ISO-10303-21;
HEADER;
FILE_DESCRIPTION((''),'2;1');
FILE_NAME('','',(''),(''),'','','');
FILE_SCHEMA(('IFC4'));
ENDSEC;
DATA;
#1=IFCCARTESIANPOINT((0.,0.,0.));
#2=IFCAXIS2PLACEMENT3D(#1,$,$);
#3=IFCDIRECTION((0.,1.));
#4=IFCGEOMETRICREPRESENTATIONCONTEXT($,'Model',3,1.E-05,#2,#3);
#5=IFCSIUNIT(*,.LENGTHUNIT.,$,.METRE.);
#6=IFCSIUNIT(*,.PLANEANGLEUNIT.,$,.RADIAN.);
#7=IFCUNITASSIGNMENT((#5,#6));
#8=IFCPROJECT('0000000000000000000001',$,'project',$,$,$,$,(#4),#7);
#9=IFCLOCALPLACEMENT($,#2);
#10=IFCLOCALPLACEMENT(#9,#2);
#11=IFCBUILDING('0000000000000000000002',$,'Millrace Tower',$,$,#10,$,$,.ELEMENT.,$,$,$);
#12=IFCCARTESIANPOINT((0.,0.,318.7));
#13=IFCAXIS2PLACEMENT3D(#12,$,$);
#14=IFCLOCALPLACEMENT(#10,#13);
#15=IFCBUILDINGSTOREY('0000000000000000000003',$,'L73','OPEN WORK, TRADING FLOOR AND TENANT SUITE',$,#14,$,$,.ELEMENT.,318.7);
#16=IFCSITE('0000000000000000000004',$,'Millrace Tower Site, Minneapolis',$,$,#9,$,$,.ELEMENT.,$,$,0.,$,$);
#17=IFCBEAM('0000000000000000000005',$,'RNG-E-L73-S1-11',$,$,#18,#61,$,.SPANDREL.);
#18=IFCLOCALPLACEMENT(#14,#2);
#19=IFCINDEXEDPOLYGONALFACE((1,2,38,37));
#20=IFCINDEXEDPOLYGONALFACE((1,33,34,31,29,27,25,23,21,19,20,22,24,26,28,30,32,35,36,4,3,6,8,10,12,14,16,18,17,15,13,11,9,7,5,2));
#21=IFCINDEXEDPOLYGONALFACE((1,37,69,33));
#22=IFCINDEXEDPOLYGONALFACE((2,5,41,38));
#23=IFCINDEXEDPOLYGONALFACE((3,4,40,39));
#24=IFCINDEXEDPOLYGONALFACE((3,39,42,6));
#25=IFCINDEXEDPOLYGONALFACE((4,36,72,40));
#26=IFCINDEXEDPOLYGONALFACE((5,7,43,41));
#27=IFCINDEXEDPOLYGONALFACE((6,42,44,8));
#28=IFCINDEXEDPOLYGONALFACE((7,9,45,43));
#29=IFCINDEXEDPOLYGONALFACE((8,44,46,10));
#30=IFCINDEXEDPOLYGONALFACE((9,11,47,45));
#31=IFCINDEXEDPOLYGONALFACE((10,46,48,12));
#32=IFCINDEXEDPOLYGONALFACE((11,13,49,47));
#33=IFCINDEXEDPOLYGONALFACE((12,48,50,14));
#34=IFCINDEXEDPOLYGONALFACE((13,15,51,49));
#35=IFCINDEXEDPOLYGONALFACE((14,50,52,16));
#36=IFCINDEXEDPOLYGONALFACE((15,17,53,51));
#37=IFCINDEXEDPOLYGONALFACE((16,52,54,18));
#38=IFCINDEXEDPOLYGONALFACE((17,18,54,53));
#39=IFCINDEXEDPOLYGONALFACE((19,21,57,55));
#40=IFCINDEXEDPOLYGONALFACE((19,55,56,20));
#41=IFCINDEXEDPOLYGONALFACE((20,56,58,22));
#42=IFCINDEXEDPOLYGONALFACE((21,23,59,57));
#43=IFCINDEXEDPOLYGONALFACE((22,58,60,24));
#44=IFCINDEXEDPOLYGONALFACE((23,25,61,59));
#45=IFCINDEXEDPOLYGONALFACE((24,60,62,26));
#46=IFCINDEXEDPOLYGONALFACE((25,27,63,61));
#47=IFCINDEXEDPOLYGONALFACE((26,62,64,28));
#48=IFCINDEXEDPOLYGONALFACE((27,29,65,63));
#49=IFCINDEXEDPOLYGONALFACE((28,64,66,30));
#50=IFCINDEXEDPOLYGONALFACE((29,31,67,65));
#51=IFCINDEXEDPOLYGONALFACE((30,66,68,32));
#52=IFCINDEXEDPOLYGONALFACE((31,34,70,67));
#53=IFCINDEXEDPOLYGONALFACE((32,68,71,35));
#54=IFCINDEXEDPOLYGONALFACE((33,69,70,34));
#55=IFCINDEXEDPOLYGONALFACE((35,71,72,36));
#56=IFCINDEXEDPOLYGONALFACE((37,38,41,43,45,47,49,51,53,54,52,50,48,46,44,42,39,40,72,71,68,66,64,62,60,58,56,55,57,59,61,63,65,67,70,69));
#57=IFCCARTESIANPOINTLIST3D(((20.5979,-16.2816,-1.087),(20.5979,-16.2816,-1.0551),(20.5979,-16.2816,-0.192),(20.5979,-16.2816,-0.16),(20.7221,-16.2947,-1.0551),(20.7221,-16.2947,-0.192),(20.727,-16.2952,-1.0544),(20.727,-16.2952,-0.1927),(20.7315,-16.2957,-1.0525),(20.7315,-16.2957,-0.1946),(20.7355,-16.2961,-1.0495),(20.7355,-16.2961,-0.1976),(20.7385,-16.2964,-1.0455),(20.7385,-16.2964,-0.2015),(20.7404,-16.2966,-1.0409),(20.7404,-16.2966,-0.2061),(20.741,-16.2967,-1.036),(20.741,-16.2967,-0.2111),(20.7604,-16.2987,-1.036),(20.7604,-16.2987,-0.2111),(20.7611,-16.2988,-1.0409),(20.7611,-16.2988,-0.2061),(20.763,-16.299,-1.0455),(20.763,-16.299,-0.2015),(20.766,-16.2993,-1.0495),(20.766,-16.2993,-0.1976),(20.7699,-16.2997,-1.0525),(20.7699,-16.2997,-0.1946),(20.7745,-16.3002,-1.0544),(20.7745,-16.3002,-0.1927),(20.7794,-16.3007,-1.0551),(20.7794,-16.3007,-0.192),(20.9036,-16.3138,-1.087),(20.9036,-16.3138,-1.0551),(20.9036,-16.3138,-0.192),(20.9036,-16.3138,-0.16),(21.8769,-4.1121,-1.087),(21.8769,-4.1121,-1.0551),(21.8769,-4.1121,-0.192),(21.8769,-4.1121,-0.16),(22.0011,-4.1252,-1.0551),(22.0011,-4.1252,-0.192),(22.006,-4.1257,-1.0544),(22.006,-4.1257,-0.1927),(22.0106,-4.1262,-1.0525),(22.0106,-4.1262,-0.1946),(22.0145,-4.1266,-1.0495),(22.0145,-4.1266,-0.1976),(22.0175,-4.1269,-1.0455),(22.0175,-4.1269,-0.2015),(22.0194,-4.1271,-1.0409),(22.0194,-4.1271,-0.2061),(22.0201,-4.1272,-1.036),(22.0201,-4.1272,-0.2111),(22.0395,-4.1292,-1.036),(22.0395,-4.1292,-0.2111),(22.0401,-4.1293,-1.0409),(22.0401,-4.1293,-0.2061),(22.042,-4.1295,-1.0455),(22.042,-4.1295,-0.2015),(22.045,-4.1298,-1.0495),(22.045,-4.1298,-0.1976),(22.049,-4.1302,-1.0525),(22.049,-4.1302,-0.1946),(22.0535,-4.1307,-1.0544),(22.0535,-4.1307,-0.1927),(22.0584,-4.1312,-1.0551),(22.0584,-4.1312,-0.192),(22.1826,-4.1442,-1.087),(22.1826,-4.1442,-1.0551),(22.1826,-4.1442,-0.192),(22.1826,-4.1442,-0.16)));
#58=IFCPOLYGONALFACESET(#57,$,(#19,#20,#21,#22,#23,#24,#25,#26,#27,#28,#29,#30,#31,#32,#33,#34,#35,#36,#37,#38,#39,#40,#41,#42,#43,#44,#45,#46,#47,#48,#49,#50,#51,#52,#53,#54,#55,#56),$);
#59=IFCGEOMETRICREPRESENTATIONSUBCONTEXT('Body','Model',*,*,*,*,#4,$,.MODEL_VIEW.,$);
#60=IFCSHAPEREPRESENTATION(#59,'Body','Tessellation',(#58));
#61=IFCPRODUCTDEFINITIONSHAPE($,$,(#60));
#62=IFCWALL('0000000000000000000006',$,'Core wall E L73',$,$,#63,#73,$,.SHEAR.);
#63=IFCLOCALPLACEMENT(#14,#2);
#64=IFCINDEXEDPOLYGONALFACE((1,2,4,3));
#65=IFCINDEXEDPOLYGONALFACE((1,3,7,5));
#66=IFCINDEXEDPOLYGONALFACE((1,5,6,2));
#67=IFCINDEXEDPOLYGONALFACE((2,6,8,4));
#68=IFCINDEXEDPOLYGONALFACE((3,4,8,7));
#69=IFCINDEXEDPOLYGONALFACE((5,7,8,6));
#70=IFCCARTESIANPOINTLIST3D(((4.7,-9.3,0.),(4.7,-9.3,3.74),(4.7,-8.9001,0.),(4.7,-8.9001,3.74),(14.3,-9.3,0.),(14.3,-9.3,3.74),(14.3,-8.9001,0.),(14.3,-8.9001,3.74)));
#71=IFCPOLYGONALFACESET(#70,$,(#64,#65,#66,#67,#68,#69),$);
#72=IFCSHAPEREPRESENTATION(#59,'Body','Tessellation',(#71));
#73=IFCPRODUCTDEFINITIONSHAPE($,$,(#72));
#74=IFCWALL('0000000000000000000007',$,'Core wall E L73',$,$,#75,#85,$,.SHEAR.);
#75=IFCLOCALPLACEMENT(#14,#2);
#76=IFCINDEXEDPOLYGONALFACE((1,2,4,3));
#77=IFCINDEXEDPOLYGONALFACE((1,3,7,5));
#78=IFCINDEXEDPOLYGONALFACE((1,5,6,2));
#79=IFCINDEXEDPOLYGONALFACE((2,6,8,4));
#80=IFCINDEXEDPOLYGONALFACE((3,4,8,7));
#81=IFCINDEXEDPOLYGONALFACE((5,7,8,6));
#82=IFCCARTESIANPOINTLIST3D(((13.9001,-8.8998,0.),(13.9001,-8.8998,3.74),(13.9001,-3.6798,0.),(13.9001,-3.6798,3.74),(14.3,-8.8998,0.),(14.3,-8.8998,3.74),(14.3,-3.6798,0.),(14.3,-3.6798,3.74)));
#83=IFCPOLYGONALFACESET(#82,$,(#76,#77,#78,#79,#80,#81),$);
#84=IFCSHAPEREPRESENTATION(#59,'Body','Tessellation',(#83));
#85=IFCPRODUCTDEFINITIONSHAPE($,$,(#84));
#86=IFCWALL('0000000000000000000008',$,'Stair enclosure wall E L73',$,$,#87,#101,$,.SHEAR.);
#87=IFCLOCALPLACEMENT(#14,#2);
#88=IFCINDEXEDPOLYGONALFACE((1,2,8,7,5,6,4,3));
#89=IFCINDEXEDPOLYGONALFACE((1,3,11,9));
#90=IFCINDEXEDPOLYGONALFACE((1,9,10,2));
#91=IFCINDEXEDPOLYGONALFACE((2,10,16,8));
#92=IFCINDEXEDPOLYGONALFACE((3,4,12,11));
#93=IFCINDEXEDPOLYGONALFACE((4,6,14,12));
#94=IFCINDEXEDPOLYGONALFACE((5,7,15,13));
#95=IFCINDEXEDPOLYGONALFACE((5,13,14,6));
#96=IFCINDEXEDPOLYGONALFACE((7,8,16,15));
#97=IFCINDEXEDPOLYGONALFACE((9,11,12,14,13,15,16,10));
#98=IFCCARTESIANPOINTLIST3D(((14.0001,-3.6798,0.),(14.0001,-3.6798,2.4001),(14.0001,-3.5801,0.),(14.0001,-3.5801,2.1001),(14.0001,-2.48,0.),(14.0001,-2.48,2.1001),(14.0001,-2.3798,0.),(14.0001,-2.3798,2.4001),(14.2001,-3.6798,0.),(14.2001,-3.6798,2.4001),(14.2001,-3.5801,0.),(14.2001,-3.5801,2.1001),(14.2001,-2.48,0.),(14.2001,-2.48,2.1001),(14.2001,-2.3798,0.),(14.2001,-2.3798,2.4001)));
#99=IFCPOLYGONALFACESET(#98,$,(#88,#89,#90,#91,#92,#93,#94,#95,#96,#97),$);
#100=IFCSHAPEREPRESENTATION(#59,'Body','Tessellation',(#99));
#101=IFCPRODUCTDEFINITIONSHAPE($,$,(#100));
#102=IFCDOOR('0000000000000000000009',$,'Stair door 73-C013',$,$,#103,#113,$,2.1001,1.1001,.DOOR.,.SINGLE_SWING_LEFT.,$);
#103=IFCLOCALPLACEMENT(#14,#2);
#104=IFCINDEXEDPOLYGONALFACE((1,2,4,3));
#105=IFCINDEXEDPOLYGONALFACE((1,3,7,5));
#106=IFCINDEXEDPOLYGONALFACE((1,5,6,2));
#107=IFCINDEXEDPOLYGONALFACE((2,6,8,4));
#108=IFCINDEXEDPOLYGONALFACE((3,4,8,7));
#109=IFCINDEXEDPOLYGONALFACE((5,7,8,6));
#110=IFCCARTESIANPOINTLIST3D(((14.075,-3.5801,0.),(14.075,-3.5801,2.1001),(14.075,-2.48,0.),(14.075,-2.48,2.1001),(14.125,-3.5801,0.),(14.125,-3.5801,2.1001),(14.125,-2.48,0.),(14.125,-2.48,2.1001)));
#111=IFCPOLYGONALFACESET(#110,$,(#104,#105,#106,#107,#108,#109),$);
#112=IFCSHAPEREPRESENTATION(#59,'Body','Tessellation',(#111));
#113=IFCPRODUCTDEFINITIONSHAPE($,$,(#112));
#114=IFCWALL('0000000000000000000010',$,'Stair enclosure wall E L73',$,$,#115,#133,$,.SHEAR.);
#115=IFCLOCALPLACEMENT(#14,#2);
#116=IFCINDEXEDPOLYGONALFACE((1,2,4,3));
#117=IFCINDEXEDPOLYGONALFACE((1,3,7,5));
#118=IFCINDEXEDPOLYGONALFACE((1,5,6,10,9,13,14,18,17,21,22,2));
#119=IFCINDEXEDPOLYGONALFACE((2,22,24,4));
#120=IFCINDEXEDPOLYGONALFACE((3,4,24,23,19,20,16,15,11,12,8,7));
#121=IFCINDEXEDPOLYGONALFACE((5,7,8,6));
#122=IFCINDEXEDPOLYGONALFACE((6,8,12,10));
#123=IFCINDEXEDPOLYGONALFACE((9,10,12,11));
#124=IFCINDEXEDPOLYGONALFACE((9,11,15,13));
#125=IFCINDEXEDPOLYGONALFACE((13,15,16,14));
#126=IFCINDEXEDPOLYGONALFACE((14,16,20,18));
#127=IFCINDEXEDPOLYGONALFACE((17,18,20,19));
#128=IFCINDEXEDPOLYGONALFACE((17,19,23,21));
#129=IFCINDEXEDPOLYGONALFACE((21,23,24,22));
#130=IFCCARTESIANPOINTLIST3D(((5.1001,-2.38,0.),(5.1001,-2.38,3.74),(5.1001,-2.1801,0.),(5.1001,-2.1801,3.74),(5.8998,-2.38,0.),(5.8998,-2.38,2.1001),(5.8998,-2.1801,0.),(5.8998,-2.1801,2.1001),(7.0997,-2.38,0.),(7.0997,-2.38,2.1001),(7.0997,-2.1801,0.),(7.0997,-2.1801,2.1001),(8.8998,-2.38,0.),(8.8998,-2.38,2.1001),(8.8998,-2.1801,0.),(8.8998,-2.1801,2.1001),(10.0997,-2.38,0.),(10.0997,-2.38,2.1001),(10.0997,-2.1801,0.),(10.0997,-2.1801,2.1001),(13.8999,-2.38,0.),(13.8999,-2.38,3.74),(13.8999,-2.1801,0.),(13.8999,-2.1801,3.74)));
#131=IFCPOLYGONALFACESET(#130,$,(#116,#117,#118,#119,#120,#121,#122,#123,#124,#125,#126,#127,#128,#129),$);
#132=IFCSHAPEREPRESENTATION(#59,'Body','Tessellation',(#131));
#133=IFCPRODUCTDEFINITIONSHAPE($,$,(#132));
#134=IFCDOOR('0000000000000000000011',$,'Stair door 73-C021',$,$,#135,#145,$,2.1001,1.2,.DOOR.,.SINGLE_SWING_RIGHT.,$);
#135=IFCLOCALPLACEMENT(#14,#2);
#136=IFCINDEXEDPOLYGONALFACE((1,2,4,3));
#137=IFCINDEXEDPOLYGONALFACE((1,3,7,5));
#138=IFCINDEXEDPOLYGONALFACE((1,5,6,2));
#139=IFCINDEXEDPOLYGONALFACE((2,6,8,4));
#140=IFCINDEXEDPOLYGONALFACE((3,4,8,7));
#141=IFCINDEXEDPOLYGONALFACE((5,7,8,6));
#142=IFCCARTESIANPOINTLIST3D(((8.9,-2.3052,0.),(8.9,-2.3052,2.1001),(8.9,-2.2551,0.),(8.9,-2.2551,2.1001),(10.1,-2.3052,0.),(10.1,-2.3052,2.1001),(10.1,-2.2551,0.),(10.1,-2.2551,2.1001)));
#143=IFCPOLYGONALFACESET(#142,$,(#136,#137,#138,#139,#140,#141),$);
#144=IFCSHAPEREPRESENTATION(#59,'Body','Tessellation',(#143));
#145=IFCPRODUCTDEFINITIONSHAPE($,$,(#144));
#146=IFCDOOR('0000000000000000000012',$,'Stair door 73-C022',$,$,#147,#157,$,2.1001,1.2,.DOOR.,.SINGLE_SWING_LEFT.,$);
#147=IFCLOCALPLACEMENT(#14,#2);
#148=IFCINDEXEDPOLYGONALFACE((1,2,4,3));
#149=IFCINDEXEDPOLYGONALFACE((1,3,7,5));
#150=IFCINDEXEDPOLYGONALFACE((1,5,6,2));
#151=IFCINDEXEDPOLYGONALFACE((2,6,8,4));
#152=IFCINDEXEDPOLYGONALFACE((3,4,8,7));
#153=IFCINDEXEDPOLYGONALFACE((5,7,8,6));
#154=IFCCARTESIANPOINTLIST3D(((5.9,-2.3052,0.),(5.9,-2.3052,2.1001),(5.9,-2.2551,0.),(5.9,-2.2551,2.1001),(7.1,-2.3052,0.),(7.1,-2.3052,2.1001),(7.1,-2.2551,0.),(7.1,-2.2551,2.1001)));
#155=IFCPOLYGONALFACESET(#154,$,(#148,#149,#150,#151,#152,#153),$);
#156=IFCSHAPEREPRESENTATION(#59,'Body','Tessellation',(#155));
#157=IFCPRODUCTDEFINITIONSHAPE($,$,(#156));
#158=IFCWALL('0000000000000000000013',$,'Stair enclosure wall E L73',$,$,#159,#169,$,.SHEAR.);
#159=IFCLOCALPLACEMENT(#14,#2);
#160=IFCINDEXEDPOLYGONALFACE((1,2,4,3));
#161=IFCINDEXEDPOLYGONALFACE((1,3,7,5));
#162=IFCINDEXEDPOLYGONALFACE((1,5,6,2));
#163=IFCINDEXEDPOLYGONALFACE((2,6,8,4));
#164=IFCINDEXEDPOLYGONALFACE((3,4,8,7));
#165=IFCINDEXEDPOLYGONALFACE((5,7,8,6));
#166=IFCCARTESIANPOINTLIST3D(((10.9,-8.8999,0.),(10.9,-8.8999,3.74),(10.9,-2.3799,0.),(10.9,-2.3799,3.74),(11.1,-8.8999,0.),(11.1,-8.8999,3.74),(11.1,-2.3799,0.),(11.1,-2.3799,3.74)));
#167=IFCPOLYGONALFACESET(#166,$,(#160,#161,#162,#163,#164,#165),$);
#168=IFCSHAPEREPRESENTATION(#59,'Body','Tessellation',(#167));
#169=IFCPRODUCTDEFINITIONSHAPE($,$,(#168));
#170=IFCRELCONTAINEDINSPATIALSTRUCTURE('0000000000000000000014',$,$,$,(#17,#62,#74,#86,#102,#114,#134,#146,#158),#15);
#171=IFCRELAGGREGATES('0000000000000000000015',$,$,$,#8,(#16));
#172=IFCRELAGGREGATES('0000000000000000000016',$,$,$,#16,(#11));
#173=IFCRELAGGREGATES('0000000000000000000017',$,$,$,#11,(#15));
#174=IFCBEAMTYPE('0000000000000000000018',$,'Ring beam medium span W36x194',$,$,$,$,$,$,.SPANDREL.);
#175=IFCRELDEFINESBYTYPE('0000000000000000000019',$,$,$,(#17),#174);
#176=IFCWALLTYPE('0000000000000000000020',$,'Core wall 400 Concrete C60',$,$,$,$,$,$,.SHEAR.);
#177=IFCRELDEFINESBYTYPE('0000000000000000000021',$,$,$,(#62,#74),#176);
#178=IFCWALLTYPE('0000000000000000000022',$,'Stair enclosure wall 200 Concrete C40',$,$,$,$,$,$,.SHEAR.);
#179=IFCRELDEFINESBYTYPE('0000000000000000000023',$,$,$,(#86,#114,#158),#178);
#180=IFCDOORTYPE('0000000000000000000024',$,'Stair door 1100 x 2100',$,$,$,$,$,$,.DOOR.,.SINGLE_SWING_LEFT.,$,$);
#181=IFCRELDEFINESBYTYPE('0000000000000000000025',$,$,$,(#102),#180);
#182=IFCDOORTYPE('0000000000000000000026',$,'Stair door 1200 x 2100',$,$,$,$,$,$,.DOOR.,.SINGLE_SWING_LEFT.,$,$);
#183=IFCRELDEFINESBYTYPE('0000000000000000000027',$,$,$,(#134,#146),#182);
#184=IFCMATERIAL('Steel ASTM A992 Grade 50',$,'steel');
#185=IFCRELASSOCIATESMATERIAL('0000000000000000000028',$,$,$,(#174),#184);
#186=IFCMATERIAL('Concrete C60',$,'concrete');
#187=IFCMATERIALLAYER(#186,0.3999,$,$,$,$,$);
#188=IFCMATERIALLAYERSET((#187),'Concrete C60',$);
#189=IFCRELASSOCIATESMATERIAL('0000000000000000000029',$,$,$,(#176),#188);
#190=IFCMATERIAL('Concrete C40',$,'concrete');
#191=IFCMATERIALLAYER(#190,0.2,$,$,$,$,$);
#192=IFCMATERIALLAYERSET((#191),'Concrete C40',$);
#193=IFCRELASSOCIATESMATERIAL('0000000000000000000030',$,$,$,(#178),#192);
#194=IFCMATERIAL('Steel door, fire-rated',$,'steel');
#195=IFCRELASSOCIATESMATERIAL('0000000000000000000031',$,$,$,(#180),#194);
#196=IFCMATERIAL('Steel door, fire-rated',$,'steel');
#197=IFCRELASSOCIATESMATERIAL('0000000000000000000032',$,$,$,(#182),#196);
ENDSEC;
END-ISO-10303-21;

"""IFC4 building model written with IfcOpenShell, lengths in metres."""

from ifc_helpers import new_model, si_unit, direction, frame, frame_2d, origin, origin_2d, place, context, subcontext, project, spatial, rectangle, i_section, extrude, material, layer, layer_set, material_profile, profile_set, type_object, element, fill, save


model = new_model("IFC4")

# Units and contexts
model_context = context("Model", 3, precision=1e-05, world=origin(), true_north=direction((0.0, 1.0)))
body_context = subcontext(model_context, "Body", "Model", "MODEL_VIEW")
ifc_project = project(units=[si_unit("LENGTHUNIT", "METRE"), si_unit("PLANEANGLEUNIT", "RADIAN")], contexts=[model_context])

# Site, building, storey
site_placement = place(None, origin())
site = spatial("IfcSite", under=ifc_project, at=site_placement, Name="Millrace Tower Site, Minneapolis", CompositionType="ELEMENT", RefElevation=0.0)
building_placement = place(site_placement, origin())
building = spatial("IfcBuilding", under=site, at=building_placement, Name="Millrace Tower", CompositionType="ELEMENT")
storey_placement = place(building_placement, frame((0.0, 0.0, 318.7)))
storey = spatial("IfcBuildingStorey", under=building, at=storey_placement, Name="L73", Description="OPEN WORK, TRADING FLOOR AND TENANT SUITE", CompositionType="ELEMENT", Elevation=318.7)

# Beam
ifc_material_1 = material(Name="Steel ASTM A992 Grade 50", Category="steel")
ifc_material_profile_1 = material_profile(ifc_material_1, i_section(OverallWidth=0.3074, OverallDepth=0.927, WebThickness=0.0195, FlangeThickness=0.032, FilletRadius=0.019, at=origin_2d()))
ifc_profile_set_1 = profile_set([ifc_material_profile_1], Name="Steel ASTM A992 Grade 50")
beam_type_1 = type_object("IfcBeamType", Name="Ring beam medium span W36x194", PredefinedType="SPANDREL", material=ifc_profile_set_1)
beam_1_placement = place(storey_placement, frame((22.0298, -4.1282, -0.6235), z_axis=(-0.104528, -0.994522, 0.0), x_axis=(0.994522, -0.104528, 0.0)))
element("IfcBeam", 1, at=beam_1_placement, inside=storey, type_object=beam_type_1, Name="RNG-E-L73-S1-11", PredefinedType="SPANDREL", context=body_context, shape_type="SweptSolid", body=[
    extrude(i_section(OverallWidth=0.3074, OverallDepth=0.927, WebThickness=0.0195, FlangeThickness=0.032, FilletRadius=0.019, at=origin_2d()), origin(), (0.0, 0.0, 1.0), 12.2366),
])

# Walls
ifc_material_2 = material(Name="Concrete C60", Category="concrete")
ifc_layer_1 = layer(ifc_material_2, 0.3999)
ifc_layer_set_1 = layer_set([ifc_layer_1], Name="Concrete C60")
wall_type_1 = type_object("IfcWallType", Name="Core wall 400 Concrete C60", PredefinedType="SHEAR", material=ifc_layer_set_1)
wall_1_placement = place(storey_placement, frame((14.3, -9.1001, 0.0), z_axis=(0.0, 0.0, 1.0), x_axis=(-1.0, 0.0, 0.0)))
element("IfcWall", 2, at=wall_1_placement, inside=storey, type_object=wall_type_1, Name="Core wall E L73", PredefinedType="SHEAR", context=body_context, shape_type="SweptSolid", body=[
    extrude(rectangle(XDim=9.6001, YDim=0.3999, at=frame_2d((4.8, 0.0))), origin(), (0.0, 0.0, 1.0), 3.74),
])
wall_2_placement = place(storey_placement, frame((14.1001, -3.6799, 0.0), z_axis=(0.0, 0.0, 1.0), x_axis=(0.0, -1.0, 0.0)))
element("IfcWall", 3, at=wall_2_placement, inside=storey, type_object=wall_type_1, Name="Core wall E L73", PredefinedType="SHEAR", context=body_context, shape_type="SweptSolid", body=[
    extrude(rectangle(XDim=5.22, YDim=0.3999, at=frame_2d((2.6099, 0.0))), origin(), (0.0, 0.0, 1.0), 3.74),
])

# Wall, opening, door
ifc_material_3 = material(Name="Concrete C40", Category="concrete")
ifc_layer_2 = layer(ifc_material_3, 0.2)
ifc_layer_set_2 = layer_set([ifc_layer_2], Name="Concrete C40")
wall_type_2 = type_object("IfcWallType", Name="Stair enclosure wall 200 Concrete C40", PredefinedType="SHEAR", material=ifc_layer_set_2)
wall_3_placement = place(storey_placement, frame((14.1001, -2.3799, 0.0), z_axis=(0.0, 0.0, 1.0), x_axis=(0.0, -1.0, 0.0)))
wall_3 = element("IfcWall", 4, at=wall_3_placement, inside=storey, type_object=wall_type_2, Name="Stair enclosure wall E L73", PredefinedType="SHEAR", context=body_context, shape_type="SweptSolid", body=[
    extrude(rectangle(XDim=1.3, YDim=0.2, at=frame_2d((0.6499, 0.0))), origin(), (0.0, 0.0, 1.0), 2.4001),
])
opening_1_placement = place(wall_3_placement, frame((0.1001, 0.0, 0.0)))
opening_1 = element("IfcOpeningElement", 5, at=opening_1_placement, cuts=wall_3, PredefinedType="OPENING", context=body_context, shape_type="SweptSolid", body=[
    extrude(rectangle(XDim=1.1001, YDim=2.1001, at=frame_2d((0.55, 1.05))), frame((0.0, 0.1099, 0.0), z_axis=(0.0, -1.0, 0.0), x_axis=(1.0, 0.0, 0.0)), (0.0, 0.0, 1.0), 0.22),
])
ifc_material_4 = material(Name="Steel door, fire-rated", Category="steel")
door_type_1 = type_object("IfcDoorType", Name="Stair door 1100 x 2100", OperationType="SINGLE_SWING_LEFT", PredefinedType="DOOR", material=ifc_material_4)
door_1_placement = place(opening_1_placement, origin())
door_1 = element("IfcDoor", 6, at=door_1_placement, inside=storey, type_object=door_type_1, Name="Stair door 73-C013", OperationType="SINGLE_SWING_LEFT", OverallHeight=2.1001, OverallWidth=1.1001, PredefinedType="DOOR", context=body_context, shape_type="SweptSolid", body=[
    extrude(rectangle(XDim=1.1001, YDim=2.1001, at=frame_2d((0.55, 1.05))), frame((0.0, 0.0249, 0.0), z_axis=(0.0, -1.0, 0.0), x_axis=(1.0, 0.0, 0.0)), (0.0, 0.0, 1.0), 0.05),
])
fill(opening_1, door_1)

# Wall, openings, doors
wall_4_placement = place(storey_placement, frame((13.8999, -2.28, 0.0), z_axis=(0.0, 0.0, 1.0), x_axis=(-1.0, 0.0, 0.0)))
wall_4 = element("IfcWall", 7, at=wall_4_placement, inside=storey, type_object=wall_type_2, Name="Stair enclosure wall E L73", PredefinedType="SHEAR", context=body_context, shape_type="SweptSolid", body=[
    extrude(rectangle(XDim=8.7998, YDim=0.2, at=frame_2d((4.3999, 0.0))), origin(), (0.0, 0.0, 1.0), 3.74),
])
opening_2_placement = place(wall_4_placement, frame((3.8, 0.0, 0.0)))
opening_2 = element("IfcOpeningElement", 8, at=opening_2_placement, cuts=wall_4, PredefinedType="OPENING", context=body_context, shape_type="SweptSolid", body=[
    extrude(rectangle(XDim=1.2, YDim=2.1001, at=frame_2d((0.6001, 1.05))), frame((0.0, 0.1099, 0.0), z_axis=(0.0, -1.0, 0.0), x_axis=(1.0, 0.0, 0.0)), (0.0, 0.0, 1.0), 0.22),
])
opening_3_placement = place(wall_4_placement, frame((6.8, 0.0, 0.0)))
opening_3 = element("IfcOpeningElement", 9, at=opening_3_placement, cuts=wall_4, PredefinedType="OPENING", context=body_context, shape_type="SweptSolid", body=[
    extrude(rectangle(XDim=1.2, YDim=2.1001, at=frame_2d((0.6001, 1.05))), frame((0.0, 0.1099, 0.0), z_axis=(0.0, -1.0, 0.0), x_axis=(1.0, 0.0, 0.0)), (0.0, 0.0, 1.0), 0.22),
])
ifc_material_5 = material(Name="Steel door, fire-rated", Category="steel")
door_type_2 = type_object("IfcDoorType", Name="Stair door 1200 x 2100", OperationType="SINGLE_SWING_LEFT", PredefinedType="DOOR", material=ifc_material_5)
door_2_placement = place(opening_2_placement, frame((1.2, 0.0, 0.0), z_axis=(0.0, 0.0, 1.0), x_axis=(-1.0, 0.0, 0.0)))
door_2 = element("IfcDoor", 10, at=door_2_placement, inside=storey, type_object=door_type_2, Name="Stair door 73-C021", OperationType="SINGLE_SWING_RIGHT", OverallHeight=2.1001, OverallWidth=1.2, PredefinedType="DOOR", context=body_context, shape_type="SweptSolid", body=[
    extrude(rectangle(XDim=1.2, YDim=2.1001, at=frame_2d((0.6001, 1.05))), frame((0.0, 0.0249, 0.0), z_axis=(0.0, -1.0, 0.0), x_axis=(1.0, 0.0, 0.0)), (0.0, 0.0, 1.0), 0.05),
])
fill(opening_2, door_2)
door_3_placement = place(opening_3_placement, frame((1.2, 0.0, 0.0), z_axis=(0.0, 0.0, 1.0), x_axis=(-1.0, 0.0, 0.0)))
door_3 = element("IfcDoor", 11, at=door_3_placement, inside=storey, type_object=door_type_2, Name="Stair door 73-C022", OperationType="SINGLE_SWING_LEFT", OverallHeight=2.1001, OverallWidth=1.2, PredefinedType="DOOR", context=body_context, shape_type="SweptSolid", body=[
    extrude(rectangle(XDim=1.2, YDim=2.1001, at=frame_2d((0.6001, 1.05))), frame((0.0, 0.0249, 0.0), z_axis=(0.0, -1.0, 0.0), x_axis=(1.0, 0.0, 0.0)), (0.0, 0.0, 1.0), 0.05),
])
fill(opening_3, door_3)

# Wall
wall_5_placement = place(storey_placement, frame((11.0, -2.3799, 0.0), z_axis=(0.0, 0.0, 1.0), x_axis=(0.0, -1.0, 0.0)))
element("IfcWall", 12, at=wall_5_placement, inside=storey, type_object=wall_type_2, Name="Stair enclosure wall E L73", PredefinedType="SHEAR", context=body_context, shape_type="SweptSolid", body=[
    extrude(rectangle(XDim=6.52, YDim=0.2, at=frame_2d((3.26, 0.0))), origin(), (0.0, 0.0, 1.0), 3.74),
])

save(model, "model.ifc")
